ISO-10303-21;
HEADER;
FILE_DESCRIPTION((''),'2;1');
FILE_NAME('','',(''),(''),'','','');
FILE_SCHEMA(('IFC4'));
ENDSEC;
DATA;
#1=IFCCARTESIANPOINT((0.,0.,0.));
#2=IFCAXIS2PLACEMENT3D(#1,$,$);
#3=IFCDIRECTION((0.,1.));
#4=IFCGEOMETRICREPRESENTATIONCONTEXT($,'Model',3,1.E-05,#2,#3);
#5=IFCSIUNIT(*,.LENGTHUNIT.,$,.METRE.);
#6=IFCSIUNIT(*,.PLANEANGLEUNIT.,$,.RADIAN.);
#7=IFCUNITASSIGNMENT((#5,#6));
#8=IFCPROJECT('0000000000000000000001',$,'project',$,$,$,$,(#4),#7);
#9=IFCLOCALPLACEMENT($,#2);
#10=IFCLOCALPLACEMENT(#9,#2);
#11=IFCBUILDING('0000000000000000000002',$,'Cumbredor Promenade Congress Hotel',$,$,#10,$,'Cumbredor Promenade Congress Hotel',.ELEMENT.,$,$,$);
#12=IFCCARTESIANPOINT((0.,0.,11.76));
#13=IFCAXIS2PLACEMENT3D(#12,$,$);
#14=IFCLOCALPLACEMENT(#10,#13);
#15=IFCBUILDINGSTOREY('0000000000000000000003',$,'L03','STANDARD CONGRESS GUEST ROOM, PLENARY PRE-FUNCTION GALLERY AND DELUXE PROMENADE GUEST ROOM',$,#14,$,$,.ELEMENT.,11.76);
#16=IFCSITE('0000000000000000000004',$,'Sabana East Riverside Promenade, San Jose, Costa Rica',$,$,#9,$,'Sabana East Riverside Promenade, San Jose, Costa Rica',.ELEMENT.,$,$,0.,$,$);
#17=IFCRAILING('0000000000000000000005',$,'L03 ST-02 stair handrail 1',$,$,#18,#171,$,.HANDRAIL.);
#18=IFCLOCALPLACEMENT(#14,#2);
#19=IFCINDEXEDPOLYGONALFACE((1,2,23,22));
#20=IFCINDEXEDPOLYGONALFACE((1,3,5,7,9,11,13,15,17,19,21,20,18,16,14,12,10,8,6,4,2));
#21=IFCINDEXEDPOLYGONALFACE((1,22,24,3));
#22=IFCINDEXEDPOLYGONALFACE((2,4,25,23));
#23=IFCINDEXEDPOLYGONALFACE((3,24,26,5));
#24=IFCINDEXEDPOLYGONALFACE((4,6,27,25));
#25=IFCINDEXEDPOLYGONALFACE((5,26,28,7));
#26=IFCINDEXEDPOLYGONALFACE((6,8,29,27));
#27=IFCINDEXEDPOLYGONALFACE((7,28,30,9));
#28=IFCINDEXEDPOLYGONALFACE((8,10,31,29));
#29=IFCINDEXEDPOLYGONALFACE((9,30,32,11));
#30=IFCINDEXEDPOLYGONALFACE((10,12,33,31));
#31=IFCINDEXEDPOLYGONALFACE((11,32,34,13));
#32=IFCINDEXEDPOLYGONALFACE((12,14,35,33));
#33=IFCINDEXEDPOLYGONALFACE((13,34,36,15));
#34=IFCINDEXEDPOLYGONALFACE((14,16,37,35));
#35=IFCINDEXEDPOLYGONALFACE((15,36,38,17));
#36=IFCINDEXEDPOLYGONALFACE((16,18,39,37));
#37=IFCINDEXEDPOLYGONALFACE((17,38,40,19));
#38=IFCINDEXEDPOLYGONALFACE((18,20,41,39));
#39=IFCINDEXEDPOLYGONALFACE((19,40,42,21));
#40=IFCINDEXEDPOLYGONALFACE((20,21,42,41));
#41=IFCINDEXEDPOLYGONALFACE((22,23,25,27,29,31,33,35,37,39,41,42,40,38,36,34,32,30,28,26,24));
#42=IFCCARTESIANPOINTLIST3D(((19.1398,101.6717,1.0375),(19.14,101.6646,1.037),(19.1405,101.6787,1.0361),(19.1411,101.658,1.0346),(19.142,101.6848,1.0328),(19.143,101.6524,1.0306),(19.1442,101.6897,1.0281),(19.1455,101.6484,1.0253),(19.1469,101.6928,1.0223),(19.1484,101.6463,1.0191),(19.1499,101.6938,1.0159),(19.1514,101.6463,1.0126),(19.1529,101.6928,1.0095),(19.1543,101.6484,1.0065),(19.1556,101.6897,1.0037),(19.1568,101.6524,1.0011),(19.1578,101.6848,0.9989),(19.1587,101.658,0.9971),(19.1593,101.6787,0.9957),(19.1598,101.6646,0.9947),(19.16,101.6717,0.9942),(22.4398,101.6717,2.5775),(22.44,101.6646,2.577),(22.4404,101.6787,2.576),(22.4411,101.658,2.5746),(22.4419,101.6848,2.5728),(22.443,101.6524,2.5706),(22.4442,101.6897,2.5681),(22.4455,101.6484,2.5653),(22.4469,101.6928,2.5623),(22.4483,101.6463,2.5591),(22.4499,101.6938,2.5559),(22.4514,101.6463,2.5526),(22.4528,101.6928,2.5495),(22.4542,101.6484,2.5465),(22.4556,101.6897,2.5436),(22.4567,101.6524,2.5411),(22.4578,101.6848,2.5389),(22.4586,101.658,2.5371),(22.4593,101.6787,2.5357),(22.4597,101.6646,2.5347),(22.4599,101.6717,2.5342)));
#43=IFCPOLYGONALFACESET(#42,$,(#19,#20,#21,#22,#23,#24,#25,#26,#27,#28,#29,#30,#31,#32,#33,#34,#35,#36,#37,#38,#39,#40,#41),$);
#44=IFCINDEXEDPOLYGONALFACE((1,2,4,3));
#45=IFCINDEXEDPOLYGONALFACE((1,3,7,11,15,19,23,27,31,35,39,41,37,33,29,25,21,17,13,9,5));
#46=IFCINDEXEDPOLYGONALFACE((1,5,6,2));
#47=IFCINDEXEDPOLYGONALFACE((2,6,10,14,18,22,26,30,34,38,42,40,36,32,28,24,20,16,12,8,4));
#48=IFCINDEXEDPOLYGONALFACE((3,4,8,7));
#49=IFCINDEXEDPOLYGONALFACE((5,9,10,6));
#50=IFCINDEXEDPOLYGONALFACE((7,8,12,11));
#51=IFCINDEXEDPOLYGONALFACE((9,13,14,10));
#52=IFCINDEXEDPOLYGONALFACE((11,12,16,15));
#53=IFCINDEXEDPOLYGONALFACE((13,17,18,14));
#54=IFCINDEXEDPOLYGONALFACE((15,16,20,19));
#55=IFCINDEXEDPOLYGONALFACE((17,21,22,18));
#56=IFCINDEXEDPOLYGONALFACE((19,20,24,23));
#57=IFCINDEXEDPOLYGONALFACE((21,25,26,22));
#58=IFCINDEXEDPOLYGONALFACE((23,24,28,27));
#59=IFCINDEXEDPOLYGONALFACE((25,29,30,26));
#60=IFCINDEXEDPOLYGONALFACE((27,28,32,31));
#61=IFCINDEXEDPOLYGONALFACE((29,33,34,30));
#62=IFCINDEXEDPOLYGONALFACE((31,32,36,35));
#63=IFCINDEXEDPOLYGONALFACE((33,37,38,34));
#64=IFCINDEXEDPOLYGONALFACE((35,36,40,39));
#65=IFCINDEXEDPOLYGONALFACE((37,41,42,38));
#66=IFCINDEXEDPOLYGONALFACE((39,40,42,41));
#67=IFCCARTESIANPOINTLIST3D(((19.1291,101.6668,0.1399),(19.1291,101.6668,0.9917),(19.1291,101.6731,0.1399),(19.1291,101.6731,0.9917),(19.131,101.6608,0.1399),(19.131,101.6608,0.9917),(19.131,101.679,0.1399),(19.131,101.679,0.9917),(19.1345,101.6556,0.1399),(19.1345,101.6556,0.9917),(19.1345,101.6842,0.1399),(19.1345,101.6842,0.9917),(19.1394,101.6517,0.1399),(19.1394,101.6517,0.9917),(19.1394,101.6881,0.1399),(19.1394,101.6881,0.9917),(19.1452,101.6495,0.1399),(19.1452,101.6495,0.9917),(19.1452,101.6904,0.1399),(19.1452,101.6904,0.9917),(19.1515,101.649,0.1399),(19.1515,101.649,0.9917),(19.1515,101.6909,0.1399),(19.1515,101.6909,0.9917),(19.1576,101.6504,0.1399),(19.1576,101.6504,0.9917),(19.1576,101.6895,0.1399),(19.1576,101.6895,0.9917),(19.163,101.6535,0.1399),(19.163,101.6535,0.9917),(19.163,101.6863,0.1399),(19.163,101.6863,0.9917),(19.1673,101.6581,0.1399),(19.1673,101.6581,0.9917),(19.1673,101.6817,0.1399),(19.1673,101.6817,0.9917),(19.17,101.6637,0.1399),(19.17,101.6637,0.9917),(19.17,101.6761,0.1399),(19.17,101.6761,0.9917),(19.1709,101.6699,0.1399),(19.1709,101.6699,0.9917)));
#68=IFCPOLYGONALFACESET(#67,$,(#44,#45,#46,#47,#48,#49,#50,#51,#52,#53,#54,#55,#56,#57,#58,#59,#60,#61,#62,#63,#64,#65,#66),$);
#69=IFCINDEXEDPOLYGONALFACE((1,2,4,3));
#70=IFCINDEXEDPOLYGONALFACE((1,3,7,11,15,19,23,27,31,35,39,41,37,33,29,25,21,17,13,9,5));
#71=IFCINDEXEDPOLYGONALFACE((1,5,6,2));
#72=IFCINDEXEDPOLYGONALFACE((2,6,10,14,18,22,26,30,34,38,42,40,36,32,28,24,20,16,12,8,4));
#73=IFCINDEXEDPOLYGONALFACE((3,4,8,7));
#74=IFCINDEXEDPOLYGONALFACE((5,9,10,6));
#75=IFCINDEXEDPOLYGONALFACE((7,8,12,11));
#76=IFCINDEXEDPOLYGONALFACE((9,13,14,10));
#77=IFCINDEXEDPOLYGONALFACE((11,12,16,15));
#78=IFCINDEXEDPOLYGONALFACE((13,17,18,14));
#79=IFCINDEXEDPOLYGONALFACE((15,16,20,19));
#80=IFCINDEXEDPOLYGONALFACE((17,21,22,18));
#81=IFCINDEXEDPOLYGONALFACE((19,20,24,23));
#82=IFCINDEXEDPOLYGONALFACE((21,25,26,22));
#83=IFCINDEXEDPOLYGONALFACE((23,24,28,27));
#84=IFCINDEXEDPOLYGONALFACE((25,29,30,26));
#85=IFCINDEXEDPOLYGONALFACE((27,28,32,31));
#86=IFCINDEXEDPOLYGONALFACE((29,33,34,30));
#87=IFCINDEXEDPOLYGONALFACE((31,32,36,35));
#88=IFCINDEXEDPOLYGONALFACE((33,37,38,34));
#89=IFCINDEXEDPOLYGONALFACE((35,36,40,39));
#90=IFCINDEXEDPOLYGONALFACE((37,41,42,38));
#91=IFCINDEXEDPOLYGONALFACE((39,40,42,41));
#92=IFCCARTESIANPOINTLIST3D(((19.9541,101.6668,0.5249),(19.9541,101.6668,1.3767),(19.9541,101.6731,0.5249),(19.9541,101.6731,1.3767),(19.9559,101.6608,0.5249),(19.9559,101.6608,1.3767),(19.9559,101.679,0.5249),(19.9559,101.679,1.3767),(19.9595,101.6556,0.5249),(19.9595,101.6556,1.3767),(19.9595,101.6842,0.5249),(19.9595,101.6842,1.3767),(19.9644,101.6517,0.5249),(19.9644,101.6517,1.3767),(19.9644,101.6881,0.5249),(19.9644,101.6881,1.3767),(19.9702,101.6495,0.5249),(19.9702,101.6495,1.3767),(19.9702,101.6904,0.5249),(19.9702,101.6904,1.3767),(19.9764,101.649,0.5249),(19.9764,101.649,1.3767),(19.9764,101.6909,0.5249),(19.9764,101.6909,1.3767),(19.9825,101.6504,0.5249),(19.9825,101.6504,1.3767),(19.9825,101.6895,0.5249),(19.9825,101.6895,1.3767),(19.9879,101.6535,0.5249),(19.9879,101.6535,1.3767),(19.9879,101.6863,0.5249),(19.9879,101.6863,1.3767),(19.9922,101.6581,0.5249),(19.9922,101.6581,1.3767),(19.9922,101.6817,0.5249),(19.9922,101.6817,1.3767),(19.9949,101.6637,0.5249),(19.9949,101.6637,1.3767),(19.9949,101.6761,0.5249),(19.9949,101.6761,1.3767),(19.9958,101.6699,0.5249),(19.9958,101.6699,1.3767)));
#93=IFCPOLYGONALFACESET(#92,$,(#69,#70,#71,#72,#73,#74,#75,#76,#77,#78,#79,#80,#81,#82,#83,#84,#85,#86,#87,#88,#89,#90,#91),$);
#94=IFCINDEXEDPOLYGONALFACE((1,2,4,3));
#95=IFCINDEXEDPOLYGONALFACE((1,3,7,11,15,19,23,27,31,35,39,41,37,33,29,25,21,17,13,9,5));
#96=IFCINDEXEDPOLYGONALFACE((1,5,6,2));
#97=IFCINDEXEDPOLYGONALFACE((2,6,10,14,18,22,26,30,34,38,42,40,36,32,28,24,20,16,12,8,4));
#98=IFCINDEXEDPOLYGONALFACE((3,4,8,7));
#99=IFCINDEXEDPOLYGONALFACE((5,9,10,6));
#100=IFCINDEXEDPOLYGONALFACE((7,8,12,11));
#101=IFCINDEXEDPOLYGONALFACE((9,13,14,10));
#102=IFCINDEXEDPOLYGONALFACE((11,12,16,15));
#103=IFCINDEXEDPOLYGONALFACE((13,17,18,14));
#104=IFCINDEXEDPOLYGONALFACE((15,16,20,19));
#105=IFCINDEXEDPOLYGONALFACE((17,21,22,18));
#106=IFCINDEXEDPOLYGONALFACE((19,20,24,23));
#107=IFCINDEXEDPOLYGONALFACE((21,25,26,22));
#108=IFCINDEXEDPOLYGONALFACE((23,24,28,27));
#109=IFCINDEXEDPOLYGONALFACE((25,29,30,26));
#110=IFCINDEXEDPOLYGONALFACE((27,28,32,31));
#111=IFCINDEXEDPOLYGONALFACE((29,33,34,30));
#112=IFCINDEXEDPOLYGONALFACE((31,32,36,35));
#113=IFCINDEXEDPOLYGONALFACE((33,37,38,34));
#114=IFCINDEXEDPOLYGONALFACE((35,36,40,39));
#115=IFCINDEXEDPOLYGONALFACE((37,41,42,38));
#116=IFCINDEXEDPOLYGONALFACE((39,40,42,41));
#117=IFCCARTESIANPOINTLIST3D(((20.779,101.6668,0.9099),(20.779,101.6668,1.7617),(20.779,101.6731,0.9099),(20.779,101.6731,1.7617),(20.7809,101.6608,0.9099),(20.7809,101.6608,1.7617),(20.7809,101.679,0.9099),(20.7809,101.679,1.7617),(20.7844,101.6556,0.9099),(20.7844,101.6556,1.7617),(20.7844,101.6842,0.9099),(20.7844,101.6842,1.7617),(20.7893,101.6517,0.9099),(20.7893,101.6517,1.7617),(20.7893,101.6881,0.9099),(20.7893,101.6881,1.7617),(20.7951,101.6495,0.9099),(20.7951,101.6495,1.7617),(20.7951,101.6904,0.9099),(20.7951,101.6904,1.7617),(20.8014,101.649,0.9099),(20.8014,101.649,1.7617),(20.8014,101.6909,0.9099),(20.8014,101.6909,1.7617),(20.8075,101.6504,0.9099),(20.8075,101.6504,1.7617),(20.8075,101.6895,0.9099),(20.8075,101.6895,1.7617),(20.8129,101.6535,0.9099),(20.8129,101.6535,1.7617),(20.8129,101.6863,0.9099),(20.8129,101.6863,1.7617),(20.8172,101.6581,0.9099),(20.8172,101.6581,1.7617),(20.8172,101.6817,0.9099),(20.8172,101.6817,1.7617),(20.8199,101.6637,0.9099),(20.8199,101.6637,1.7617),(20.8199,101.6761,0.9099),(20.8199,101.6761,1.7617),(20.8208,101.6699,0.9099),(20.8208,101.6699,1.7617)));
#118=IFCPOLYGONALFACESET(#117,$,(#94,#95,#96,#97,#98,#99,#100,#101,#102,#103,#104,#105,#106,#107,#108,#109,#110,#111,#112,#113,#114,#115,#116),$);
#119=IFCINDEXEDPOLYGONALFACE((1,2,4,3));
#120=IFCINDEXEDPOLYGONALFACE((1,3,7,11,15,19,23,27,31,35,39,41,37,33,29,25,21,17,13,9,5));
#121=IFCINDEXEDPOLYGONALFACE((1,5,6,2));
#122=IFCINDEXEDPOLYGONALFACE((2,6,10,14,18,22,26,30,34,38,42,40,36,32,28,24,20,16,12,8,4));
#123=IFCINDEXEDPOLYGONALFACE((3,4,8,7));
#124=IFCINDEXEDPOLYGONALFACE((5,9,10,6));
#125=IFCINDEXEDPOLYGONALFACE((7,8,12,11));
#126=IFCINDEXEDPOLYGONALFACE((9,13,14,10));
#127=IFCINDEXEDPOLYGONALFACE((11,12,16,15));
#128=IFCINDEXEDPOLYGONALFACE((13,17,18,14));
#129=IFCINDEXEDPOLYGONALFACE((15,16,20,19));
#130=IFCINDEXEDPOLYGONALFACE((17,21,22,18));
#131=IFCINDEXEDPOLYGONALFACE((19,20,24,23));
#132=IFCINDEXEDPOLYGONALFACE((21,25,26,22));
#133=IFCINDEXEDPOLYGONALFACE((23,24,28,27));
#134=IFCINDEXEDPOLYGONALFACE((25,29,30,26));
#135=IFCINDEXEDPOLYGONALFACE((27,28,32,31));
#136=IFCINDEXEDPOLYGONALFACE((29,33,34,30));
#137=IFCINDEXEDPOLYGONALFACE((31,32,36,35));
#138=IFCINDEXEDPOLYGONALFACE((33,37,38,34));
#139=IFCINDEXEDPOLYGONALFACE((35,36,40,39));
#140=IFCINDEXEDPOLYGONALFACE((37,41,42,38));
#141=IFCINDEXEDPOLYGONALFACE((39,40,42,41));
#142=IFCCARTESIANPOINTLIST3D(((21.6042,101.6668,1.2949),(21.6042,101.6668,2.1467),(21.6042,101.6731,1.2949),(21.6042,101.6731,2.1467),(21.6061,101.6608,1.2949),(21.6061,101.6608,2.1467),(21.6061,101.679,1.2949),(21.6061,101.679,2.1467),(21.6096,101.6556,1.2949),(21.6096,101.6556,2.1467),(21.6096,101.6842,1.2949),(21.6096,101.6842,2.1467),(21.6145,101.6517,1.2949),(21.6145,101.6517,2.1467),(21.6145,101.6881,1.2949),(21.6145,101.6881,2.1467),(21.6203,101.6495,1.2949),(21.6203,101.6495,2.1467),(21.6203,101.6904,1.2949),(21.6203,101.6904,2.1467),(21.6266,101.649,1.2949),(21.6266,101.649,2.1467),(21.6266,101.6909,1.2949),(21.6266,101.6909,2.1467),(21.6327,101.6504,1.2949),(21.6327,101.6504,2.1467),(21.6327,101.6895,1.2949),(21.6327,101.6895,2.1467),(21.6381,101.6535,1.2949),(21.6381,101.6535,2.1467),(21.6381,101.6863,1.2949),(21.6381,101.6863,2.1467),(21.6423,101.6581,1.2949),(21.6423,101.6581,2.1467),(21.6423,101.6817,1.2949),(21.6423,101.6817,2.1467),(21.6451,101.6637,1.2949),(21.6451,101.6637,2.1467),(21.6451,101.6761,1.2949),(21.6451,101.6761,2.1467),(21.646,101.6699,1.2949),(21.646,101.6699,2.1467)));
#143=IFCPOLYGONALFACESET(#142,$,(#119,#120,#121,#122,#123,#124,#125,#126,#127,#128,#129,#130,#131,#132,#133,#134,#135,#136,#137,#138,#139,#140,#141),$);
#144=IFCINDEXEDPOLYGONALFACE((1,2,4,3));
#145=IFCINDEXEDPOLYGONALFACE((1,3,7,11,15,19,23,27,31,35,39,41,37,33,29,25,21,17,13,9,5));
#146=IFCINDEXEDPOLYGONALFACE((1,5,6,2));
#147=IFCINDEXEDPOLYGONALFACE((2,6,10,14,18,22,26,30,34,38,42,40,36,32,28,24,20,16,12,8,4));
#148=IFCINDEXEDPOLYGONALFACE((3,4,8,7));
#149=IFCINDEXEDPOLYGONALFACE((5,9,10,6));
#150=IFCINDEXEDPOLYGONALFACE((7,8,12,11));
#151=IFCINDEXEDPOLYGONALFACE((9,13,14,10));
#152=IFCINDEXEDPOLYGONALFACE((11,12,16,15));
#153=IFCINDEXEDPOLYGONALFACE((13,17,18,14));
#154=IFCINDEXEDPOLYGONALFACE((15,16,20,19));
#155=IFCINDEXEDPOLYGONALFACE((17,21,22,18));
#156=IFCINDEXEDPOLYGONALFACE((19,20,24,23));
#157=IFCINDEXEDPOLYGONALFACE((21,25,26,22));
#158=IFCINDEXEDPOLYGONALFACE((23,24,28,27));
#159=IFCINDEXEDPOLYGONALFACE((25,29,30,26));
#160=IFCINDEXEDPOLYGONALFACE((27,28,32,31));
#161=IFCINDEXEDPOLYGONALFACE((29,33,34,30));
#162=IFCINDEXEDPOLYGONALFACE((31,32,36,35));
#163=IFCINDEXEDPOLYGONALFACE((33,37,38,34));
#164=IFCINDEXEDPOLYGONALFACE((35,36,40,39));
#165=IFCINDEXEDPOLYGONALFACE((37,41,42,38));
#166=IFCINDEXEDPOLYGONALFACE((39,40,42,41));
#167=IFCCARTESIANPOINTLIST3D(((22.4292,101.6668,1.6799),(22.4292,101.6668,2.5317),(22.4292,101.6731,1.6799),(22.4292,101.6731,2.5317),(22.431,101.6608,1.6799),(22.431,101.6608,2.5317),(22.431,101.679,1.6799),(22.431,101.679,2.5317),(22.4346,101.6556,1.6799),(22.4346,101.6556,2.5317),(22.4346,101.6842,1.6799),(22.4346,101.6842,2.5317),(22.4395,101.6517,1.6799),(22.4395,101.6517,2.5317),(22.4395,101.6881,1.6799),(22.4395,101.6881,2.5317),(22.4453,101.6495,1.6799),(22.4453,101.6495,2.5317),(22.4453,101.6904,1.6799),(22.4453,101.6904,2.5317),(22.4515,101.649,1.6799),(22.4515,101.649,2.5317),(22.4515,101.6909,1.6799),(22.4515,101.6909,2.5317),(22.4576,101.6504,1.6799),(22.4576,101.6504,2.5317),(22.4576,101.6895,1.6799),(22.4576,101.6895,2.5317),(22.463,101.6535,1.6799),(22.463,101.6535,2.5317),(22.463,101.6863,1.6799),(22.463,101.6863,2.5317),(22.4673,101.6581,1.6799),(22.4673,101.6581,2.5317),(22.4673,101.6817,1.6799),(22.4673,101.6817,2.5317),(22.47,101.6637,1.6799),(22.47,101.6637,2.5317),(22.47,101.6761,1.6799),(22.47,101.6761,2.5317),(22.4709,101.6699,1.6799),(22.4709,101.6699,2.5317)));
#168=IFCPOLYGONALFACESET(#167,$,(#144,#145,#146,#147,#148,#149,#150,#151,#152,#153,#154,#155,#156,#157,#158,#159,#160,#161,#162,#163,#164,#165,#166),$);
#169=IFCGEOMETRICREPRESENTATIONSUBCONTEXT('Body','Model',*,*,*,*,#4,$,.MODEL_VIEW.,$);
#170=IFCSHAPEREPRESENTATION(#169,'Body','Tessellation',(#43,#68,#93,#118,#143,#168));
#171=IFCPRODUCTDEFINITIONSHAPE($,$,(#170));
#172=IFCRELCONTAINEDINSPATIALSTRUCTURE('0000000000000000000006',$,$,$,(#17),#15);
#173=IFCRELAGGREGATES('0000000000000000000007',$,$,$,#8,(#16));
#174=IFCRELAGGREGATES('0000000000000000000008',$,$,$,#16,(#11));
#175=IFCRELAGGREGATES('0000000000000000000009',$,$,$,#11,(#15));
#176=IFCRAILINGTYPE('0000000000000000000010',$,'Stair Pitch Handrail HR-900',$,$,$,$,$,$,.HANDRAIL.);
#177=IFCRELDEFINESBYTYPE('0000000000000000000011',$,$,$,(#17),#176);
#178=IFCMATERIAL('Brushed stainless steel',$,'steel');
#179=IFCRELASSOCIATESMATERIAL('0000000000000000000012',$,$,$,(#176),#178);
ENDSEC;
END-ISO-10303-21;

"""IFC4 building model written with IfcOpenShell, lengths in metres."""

from ifc_helpers import new_model, si_unit, direction, frame, origin, origin_2d, place, context, subcontext, project, spatial, circle, extrude, material, type_object, element, save


model = new_model("IFC4")

# Units and contexts
model_context = context("Model", 3, precision=1e-05, world=origin(), true_north=direction((0.0, 1.0)))
body_context = subcontext(model_context, "Body", "Model", "MODEL_VIEW")
ifc_project = project(units=[si_unit("LENGTHUNIT", "METRE"), si_unit("PLANEANGLEUNIT", "RADIAN")], contexts=[model_context])

# Site, building, storey
site_placement = place(None, origin())
site = spatial("IfcSite", under=ifc_project, at=site_placement, Name="Sabana East Riverside Promenade, San Jose, Costa Rica", LongName="Sabana East Riverside Promenade, San Jose, Costa Rica", CompositionType="ELEMENT", RefElevation=0.0)
building_placement = place(site_placement, origin())
building = spatial("IfcBuilding", under=site, at=building_placement, Name="Cumbredor Promenade Congress Hotel", LongName="Cumbredor Promenade Congress Hotel", CompositionType="ELEMENT")
storey_placement = place(building_placement, frame((0.0, 0.0, 11.76)))
storey = spatial("IfcBuildingStorey", under=building, at=storey_placement, Name="L03", Description="STANDARD CONGRESS GUEST ROOM, PLENARY PRE-FUNCTION GALLERY AND DELUXE PROMENADE GUEST ROOM", CompositionType="ELEMENT", Elevation=11.76)

# Railing
ifc_material_1 = material(Name="Brushed stainless steel", Category="steel")
railing_type_1 = type_object("IfcRailingType", Name="Stair Pitch Handrail HR-900", PredefinedType="HANDRAIL", material=ifc_material_1)
railing_1_placement = place(storey_placement, frame((19.1499, 101.6699, 0.1399)))
element("IfcRailing", 1, at=railing_1_placement, inside=storey, type_object=railing_type_1, Name="L03 ST-02 stair handrail 1", PredefinedType="HANDRAIL", context=body_context, shape_type="SweptSolid", body=[
    extrude(circle(Radius=0.0239, at=origin_2d()), frame((0.0, 0.0, 0.876), z_axis=(0.906181, 0.0, 0.422889), x_axis=(0.0, 1.0, 0.0)), (0.0, 0.0, 1.0), 3.6416),
    extrude(circle(Radius=0.021, at=origin_2d()), origin(), (0.0, 0.0, 1.0), 0.8518),
    extrude(circle(Radius=0.021, at=origin_2d()), frame((0.825, 0.0, 0.385)), (0.0, 0.0, 1.0), 0.8518),
    extrude(circle(Radius=0.021, at=origin_2d()), frame((1.6499, 0.0, 0.77)), (0.0, 0.0, 1.0), 0.8518),
    extrude(circle(Radius=0.021, at=origin_2d()), frame((2.4751, 0.0, 1.155)), (0.0, 0.0, 1.0), 0.8518),
    extrude(circle(Radius=0.021, at=origin_2d()), frame((3.3, 0.0, 1.54)), (0.0, 0.0, 1.0), 0.8518),
])

save(model, "model.ifc")
